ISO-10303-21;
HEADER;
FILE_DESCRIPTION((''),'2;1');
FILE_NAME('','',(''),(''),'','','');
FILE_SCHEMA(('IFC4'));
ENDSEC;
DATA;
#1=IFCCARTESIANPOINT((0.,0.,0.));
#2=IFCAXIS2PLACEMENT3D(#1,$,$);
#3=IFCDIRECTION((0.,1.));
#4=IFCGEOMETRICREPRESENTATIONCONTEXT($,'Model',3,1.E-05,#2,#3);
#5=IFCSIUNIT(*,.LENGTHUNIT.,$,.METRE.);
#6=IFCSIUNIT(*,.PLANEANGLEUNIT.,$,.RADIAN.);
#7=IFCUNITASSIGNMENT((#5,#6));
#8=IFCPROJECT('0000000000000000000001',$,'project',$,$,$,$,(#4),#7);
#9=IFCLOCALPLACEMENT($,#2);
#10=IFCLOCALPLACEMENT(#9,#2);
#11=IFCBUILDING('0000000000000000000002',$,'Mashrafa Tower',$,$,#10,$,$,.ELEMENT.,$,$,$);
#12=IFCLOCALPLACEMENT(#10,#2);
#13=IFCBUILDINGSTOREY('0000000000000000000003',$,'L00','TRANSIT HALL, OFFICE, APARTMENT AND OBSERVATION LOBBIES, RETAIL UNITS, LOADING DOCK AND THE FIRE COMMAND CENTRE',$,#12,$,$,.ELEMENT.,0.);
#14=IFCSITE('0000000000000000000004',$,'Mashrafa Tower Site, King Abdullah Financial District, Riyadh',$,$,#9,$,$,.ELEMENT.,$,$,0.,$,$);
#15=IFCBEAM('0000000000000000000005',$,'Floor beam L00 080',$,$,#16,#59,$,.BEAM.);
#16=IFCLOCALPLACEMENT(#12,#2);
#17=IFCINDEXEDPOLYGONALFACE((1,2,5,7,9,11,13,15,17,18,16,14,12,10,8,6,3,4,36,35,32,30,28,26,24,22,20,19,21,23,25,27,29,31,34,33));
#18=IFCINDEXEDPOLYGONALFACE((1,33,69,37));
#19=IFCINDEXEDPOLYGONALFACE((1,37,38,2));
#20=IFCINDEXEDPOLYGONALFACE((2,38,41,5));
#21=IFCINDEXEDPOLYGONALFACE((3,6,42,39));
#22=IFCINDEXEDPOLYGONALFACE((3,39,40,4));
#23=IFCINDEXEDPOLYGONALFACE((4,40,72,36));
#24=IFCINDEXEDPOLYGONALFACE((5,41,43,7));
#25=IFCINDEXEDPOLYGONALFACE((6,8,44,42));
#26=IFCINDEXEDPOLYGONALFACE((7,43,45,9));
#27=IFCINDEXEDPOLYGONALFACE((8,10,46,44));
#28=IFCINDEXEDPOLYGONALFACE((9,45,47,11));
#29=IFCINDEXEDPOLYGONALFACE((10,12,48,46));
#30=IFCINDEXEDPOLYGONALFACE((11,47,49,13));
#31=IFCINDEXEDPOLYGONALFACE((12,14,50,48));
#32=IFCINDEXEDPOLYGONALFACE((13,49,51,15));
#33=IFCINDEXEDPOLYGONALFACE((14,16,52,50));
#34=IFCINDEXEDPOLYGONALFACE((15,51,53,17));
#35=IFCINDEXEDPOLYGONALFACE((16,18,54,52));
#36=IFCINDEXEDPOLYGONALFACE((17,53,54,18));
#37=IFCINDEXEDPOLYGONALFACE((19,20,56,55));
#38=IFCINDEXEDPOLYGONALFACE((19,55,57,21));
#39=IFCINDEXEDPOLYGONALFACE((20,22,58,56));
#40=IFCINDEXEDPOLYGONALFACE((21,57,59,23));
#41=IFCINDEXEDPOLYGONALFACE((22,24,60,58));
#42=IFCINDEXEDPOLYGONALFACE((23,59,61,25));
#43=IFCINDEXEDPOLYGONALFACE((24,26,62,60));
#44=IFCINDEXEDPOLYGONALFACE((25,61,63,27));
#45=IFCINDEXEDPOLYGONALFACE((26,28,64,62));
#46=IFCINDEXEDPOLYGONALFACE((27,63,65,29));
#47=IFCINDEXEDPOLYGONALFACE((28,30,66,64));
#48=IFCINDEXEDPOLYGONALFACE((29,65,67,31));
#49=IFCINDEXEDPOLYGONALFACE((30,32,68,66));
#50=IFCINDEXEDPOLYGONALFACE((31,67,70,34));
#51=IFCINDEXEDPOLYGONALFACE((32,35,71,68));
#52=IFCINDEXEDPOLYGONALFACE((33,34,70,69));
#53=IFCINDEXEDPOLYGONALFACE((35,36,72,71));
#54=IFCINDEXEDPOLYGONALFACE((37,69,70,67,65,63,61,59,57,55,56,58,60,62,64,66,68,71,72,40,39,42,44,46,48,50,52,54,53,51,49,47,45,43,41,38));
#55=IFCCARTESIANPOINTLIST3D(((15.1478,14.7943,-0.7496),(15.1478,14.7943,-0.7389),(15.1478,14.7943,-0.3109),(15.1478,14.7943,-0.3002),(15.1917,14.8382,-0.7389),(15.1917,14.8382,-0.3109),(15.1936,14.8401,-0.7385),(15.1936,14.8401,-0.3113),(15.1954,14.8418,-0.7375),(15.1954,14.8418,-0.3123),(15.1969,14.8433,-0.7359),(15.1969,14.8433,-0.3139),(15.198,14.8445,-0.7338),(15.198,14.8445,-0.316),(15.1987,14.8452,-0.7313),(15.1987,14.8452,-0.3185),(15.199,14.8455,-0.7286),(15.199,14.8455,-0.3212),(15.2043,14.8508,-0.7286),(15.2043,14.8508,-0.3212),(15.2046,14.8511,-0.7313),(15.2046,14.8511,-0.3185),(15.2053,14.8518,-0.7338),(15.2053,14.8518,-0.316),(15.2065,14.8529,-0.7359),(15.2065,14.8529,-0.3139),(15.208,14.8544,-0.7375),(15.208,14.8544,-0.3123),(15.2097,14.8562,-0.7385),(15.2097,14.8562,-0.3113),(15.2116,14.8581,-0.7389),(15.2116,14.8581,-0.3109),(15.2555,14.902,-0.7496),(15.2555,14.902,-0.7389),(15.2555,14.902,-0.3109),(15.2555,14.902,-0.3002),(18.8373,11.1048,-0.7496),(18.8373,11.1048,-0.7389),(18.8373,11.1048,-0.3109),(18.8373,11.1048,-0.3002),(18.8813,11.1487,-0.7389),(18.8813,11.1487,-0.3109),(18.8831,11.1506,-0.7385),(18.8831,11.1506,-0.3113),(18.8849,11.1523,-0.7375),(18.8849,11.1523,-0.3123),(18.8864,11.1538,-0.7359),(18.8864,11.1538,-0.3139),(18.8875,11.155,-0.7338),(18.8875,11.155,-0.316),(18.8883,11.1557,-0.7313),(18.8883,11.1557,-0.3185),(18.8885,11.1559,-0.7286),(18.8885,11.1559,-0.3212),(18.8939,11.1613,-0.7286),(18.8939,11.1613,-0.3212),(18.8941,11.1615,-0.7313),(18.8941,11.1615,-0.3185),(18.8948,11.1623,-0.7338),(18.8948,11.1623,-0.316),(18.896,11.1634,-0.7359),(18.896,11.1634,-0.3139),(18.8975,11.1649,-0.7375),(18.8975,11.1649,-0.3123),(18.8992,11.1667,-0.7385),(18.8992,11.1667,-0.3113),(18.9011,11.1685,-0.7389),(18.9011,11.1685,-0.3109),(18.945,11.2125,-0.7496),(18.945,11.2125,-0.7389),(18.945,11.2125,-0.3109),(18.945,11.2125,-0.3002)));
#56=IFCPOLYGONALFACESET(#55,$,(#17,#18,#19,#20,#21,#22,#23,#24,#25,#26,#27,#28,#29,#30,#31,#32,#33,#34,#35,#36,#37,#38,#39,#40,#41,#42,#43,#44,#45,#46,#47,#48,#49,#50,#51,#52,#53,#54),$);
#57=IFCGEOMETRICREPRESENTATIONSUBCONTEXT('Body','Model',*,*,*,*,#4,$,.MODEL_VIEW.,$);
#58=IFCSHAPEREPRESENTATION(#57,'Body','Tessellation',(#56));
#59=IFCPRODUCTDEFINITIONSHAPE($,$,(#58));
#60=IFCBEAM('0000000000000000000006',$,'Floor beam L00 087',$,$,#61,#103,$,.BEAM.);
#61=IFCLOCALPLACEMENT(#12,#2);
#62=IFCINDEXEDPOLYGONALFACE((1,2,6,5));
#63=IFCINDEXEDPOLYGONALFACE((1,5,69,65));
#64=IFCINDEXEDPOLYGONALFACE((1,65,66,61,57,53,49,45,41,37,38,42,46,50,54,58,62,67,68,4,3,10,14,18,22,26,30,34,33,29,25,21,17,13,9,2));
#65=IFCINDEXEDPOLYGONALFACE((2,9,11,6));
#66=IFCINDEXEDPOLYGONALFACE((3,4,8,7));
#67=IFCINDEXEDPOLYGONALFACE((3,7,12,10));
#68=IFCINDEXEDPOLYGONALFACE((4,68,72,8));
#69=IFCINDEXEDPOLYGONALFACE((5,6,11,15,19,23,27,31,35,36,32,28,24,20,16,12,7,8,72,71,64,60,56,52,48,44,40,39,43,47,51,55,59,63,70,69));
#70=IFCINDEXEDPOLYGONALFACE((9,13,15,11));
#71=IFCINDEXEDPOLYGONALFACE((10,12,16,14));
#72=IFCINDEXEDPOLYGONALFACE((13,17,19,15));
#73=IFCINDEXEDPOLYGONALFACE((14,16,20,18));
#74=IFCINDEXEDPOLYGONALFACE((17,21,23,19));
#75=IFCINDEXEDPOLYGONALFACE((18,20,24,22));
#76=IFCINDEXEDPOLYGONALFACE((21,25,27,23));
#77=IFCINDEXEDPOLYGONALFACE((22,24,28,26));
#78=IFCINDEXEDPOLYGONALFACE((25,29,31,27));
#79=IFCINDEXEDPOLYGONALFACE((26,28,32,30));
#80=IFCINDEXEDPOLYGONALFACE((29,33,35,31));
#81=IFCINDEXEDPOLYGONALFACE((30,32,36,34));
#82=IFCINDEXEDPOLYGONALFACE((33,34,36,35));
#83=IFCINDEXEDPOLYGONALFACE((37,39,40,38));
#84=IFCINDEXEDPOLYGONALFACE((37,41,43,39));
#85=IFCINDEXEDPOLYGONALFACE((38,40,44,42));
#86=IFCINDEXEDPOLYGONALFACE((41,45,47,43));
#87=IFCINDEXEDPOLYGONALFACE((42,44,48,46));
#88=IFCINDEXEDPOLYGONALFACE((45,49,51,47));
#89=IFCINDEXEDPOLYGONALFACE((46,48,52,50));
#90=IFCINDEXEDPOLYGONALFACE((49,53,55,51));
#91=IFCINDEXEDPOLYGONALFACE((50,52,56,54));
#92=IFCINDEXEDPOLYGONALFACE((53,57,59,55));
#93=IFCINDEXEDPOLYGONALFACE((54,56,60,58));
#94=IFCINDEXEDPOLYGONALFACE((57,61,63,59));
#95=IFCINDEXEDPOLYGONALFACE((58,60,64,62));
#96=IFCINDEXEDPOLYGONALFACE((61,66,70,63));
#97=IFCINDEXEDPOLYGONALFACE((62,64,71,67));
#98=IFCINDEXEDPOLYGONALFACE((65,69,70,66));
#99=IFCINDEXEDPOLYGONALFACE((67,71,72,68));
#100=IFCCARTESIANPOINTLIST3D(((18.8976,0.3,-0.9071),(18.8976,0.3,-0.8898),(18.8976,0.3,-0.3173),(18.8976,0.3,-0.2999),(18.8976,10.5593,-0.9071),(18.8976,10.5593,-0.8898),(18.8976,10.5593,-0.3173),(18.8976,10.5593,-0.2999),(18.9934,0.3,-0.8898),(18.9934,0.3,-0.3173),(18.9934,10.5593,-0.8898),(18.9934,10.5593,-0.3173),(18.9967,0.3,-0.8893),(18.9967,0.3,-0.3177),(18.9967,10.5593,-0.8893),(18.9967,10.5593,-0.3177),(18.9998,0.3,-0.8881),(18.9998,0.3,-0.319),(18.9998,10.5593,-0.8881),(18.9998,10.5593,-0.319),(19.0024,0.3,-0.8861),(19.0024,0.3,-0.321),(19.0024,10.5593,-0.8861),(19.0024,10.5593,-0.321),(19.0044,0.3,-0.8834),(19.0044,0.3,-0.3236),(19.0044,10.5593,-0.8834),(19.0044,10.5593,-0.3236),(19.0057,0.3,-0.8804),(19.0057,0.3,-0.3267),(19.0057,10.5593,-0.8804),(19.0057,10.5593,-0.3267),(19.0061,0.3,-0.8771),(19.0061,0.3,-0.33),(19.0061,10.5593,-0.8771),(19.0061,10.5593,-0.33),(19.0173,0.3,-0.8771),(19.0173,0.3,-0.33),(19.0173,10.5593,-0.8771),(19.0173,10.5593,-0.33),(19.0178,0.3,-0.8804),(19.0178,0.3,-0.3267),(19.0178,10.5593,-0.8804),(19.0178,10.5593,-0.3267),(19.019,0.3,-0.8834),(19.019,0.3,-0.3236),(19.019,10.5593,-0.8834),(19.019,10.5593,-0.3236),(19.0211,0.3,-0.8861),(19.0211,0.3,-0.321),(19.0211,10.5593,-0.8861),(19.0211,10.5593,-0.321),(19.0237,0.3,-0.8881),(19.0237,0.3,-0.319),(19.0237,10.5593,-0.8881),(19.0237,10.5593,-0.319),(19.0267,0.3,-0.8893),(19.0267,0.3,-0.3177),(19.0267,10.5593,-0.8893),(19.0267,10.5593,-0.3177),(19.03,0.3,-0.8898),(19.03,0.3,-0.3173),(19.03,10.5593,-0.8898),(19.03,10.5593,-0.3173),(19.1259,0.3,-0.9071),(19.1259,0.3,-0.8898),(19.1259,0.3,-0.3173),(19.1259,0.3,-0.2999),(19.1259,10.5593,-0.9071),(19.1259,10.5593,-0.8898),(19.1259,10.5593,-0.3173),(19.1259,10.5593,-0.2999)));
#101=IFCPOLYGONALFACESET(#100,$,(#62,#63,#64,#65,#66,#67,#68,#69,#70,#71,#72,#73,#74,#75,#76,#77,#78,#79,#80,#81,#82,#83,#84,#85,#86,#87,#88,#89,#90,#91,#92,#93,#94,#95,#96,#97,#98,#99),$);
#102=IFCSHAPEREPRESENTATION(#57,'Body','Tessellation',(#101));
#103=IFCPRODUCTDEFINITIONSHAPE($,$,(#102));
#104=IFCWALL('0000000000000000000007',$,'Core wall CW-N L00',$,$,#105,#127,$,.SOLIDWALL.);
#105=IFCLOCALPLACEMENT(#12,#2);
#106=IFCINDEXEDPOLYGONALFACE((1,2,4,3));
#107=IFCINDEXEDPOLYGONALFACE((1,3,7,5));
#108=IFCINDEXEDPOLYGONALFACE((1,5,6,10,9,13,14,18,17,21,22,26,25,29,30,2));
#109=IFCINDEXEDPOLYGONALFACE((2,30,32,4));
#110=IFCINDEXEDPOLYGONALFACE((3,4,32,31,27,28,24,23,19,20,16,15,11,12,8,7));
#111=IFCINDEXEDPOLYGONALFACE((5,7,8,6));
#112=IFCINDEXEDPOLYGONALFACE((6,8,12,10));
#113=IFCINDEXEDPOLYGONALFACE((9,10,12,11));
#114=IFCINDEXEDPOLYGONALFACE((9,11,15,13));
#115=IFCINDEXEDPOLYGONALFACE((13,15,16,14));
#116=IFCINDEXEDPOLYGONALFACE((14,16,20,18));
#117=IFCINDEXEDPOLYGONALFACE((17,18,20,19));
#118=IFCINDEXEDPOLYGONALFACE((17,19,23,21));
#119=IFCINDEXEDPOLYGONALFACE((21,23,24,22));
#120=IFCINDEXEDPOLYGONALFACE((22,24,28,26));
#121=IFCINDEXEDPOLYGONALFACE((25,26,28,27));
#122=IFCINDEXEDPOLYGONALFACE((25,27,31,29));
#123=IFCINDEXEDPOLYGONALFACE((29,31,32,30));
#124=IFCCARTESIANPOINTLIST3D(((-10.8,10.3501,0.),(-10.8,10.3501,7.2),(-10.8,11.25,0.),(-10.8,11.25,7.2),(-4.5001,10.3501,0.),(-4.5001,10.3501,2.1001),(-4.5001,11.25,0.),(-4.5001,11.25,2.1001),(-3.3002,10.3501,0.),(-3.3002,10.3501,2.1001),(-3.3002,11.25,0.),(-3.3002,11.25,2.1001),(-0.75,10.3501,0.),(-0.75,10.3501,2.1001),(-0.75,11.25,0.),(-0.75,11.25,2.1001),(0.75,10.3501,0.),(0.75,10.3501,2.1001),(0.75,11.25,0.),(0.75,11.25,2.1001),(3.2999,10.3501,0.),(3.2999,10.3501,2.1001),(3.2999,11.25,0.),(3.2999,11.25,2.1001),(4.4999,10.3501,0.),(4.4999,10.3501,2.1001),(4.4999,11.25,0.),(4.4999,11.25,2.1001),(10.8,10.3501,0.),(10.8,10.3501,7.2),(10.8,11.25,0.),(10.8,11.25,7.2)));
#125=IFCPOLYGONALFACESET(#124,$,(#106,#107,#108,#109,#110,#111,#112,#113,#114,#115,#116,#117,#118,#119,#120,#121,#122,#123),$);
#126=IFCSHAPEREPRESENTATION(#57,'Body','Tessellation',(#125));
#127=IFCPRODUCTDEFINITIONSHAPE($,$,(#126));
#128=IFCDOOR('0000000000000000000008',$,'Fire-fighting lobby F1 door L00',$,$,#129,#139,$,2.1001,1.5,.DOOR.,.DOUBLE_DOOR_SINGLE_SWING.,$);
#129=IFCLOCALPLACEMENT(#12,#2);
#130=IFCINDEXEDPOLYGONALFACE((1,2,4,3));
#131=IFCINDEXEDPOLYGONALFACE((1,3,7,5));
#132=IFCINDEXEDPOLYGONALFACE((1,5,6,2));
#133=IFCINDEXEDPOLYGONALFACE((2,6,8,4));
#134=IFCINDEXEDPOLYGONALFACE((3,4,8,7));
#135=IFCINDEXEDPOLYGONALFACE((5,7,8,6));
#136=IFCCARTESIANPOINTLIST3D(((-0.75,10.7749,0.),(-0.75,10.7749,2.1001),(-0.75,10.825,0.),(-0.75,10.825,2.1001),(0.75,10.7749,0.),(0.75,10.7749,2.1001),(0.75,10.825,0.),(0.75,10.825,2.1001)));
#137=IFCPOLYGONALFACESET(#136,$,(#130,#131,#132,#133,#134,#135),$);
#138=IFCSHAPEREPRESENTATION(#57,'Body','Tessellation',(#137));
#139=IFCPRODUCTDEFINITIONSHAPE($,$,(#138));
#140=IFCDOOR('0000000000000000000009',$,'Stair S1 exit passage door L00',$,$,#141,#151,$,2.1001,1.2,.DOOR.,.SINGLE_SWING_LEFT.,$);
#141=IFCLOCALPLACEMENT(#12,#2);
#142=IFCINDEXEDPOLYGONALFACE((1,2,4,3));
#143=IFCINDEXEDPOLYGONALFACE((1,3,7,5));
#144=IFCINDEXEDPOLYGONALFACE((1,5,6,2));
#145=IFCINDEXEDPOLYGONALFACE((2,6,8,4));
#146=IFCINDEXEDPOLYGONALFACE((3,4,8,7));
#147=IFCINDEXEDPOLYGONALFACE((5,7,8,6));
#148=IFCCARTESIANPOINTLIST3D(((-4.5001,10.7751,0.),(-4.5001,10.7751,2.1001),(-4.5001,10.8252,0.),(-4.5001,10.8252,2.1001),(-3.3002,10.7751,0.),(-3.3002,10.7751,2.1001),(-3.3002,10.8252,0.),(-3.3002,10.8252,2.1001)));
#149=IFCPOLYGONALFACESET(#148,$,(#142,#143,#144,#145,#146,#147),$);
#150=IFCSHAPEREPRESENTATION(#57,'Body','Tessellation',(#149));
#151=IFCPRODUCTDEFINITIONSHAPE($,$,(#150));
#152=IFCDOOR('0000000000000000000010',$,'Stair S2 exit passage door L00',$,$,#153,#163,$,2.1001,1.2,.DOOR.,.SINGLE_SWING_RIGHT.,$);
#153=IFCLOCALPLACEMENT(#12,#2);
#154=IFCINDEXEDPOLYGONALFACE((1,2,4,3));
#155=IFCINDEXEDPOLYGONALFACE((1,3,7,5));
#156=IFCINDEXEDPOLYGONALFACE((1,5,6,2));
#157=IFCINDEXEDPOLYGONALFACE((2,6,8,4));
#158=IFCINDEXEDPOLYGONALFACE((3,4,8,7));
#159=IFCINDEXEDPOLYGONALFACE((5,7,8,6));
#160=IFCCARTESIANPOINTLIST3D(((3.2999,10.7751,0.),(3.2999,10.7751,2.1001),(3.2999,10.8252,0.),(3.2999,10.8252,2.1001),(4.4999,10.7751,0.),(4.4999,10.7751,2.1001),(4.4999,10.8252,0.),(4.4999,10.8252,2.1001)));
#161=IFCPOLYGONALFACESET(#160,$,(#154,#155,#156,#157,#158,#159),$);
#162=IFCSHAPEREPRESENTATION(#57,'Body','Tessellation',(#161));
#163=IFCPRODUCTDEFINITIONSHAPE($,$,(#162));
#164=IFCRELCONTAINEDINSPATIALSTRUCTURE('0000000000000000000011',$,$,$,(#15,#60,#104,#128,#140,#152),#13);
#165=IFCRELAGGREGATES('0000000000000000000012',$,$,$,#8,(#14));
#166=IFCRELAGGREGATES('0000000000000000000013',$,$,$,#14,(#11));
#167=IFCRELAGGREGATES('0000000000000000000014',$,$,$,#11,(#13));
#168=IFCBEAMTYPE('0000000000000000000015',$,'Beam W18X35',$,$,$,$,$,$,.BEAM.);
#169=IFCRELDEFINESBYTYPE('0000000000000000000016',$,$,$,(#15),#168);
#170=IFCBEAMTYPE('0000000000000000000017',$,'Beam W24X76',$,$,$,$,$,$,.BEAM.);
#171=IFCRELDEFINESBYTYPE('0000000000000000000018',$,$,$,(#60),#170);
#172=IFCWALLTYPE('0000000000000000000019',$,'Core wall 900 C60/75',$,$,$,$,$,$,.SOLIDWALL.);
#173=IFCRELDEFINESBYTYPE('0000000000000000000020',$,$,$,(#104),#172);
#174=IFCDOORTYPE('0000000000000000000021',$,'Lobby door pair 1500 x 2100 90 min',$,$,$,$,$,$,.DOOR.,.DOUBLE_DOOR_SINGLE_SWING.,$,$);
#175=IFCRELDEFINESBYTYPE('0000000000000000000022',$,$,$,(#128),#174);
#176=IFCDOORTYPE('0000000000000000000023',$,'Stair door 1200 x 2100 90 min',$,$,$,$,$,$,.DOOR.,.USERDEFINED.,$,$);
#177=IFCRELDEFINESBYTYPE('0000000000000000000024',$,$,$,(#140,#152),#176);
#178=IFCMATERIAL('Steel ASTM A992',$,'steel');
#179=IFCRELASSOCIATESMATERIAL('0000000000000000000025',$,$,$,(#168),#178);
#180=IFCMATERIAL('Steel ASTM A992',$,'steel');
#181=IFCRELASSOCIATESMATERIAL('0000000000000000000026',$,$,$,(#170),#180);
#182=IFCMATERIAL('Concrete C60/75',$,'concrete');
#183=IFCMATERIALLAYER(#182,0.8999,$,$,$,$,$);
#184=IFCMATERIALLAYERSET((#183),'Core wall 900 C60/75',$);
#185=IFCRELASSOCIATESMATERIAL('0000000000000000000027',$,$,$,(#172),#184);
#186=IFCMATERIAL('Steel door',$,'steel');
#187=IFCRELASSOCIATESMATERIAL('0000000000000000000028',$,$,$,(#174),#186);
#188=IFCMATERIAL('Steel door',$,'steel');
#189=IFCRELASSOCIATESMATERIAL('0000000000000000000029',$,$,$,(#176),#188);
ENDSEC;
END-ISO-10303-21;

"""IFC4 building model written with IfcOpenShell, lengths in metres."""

from ifc_helpers import new_model, si_unit, direction, frame, frame_2d, origin, origin_2d, place, context, subcontext, project, spatial, rectangle, i_section, extrude, material, layer, layer_set, material_profile, profile_set, type_object, element, fill, save


model = new_model("IFC4")

# Units and contexts
model_context = context("Model", 3, precision=1e-05, world=origin(), true_north=direction((0.0, 1.0)))
body_context = subcontext(model_context, "Body", "Model", "MODEL_VIEW")
ifc_project = project(units=[si_unit("LENGTHUNIT", "METRE"), si_unit("PLANEANGLEUNIT", "RADIAN")], contexts=[model_context])

# Site, building, storey
site_placement = place(None, origin())
site = spatial("IfcSite", under=ifc_project, at=site_placement, Name="Mashrafa Tower Site, King Abdullah Financial District, Riyadh", CompositionType="ELEMENT", RefElevation=0.0)
building_placement = place(site_placement, origin())
building = spatial("IfcBuilding", under=site, at=building_placement, Name="Mashrafa Tower", CompositionType="ELEMENT")
storey_placement = place(building_placement, origin())
storey = spatial("IfcBuildingStorey", under=building, at=storey_placement, Name="L00", Description="TRANSIT HALL, OFFICE, APARTMENT AND OBSERVATION LOBBIES, RETAIL UNITS, LOADING DOCK AND THE FIRE COMMAND CENTRE", CompositionType="ELEMENT", Elevation=0.0)

# Beams
ifc_material_1 = material(Name="Steel ASTM A992", Category="steel")
ifc_material_profile_1 = material_profile(ifc_material_1, i_section(OverallWidth=0.1523, OverallDepth=0.4495, WebThickness=0.0076, FlangeThickness=0.0107, FilletRadius=0.0103, at=origin_2d()), Name="W18X35")
ifc_profile_set_1 = profile_set([ifc_material_profile_1], Name="Steel ASTM A992")
beam_type_1 = type_object("IfcBeamType", Name="Beam W18X35", PredefinedType="BEAM", material=ifc_profile_set_1)
beam_1_placement = place(storey_placement, frame((15.2017, 14.8481, -0.5249), z_axis=(0.707107, -0.707107, 0.0), x_axis=(0.707107, 0.707107, 0.0)))
element("IfcBeam", 1, at=beam_1_placement, inside=storey, type_object=beam_type_1, Name="Floor beam L00 080", PredefinedType="BEAM", context=body_context, shape_type="SweptSolid", body=[
    extrude(i_section(OverallWidth=0.1523, OverallDepth=0.4495, WebThickness=0.0076, FlangeThickness=0.0107, FilletRadius=0.0103, at=origin_2d()), origin(), (0.0, 0.0, 1.0), 5.2178),
])
ifc_material_2 = material(Name="Steel ASTM A992", Category="steel")
ifc_material_profile_2 = material_profile(ifc_material_2, i_section(OverallWidth=0.2283, OverallDepth=0.6072, WebThickness=0.0112, FlangeThickness=0.0173, FilletRadius=0.0127, at=origin_2d()), Name="W24X76")
ifc_profile_set_2 = profile_set([ifc_material_profile_2], Name="Steel ASTM A992")
beam_type_2 = type_object("IfcBeamType", Name="Beam W24X76", PredefinedType="BEAM", material=ifc_profile_set_2)
beam_2_placement = place(storey_placement, frame((19.0117, 10.5593, -0.6035), z_axis=(0.0, -1.0, 0.0), x_axis=(1.0, 0.0, 0.0)))
element("IfcBeam", 2, at=beam_2_placement, inside=storey, type_object=beam_type_2, Name="Floor beam L00 087", PredefinedType="BEAM", context=body_context, shape_type="SweptSolid", body=[
    extrude(i_section(OverallWidth=0.2283, OverallDepth=0.6072, WebThickness=0.0112, FlangeThickness=0.0173, FilletRadius=0.0127, at=origin_2d()), origin(), (0.0, 0.0, 1.0), 10.2593),
])

# Wall, openings, doors
ifc_material_3 = material(Name="Concrete C60/75", Category="concrete")
ifc_layer_1 = layer(ifc_material_3, 0.8999)
ifc_layer_set_1 = layer_set([ifc_layer_1], Name="Core wall 900 C60/75")
wall_type_1 = type_object("IfcWallType", Name="Core wall 900 C60/75", PredefinedType="SOLIDWALL", material=ifc_layer_set_1)
wall_1_placement = place(storey_placement, frame((10.8, 10.8, 0.0), z_axis=(0.0, 0.0, 1.0), x_axis=(-1.0, 0.0, 0.0)))
wall_1 = element("IfcWall", 3, at=wall_1_placement, inside=storey, type_object=wall_type_1, Name="Core wall CW-N L00", PredefinedType="SOLIDWALL", context=body_context, shape_type="SweptSolid", body=[
    extrude(rectangle(XDim=21.6001, YDim=0.8999, at=frame_2d((10.8, 0.0))), origin(), (0.0, 0.0, 1.0), 7.2),
])
opening_1_placement = place(wall_1_placement, frame((10.05, 0.0, 0.0)))
opening_1 = element("IfcOpeningElement", 4, at=opening_1_placement, cuts=wall_1, PredefinedType="OPENING", context=body_context, shape_type="SweptSolid", body=[
    extrude(rectangle(XDim=1.5, YDim=2.1001, at=frame_2d((0.75, 1.05))), frame((0.0, 0.46, 0.0), z_axis=(0.0, -1.0, 0.0), x_axis=(1.0, 0.0, 0.0)), (0.0, 0.0, 1.0), 0.9199),
])
opening_2_placement = place(wall_1_placement, frame((14.1001, 0.0, 0.0)))
opening_2 = element("IfcOpeningElement", 5, at=opening_2_placement, cuts=wall_1, PredefinedType="OPENING", context=body_context, shape_type="SweptSolid", body=[
    extrude(rectangle(XDim=1.2, YDim=2.1001, at=frame_2d((0.6001, 1.05))), frame((0.0, 0.46, 0.0), z_axis=(0.0, -1.0, 0.0), x_axis=(1.0, 0.0, 0.0)), (0.0, 0.0, 1.0), 0.9199),
])
opening_3_placement = place(wall_1_placement, frame((6.3, 0.0, 0.0)))
opening_3 = element("IfcOpeningElement", 6, at=opening_3_placement, cuts=wall_1, PredefinedType="OPENING", context=body_context, shape_type="SweptSolid", body=[
    extrude(rectangle(XDim=1.2, YDim=2.1001, at=frame_2d((0.6001, 1.05))), frame((0.0, 0.46, 0.0), z_axis=(0.0, -1.0, 0.0), x_axis=(1.0, 0.0, 0.0)), (0.0, 0.0, 1.0), 0.9199),
])
ifc_material_4 = material(Name="Steel door", Category="steel")
door_type_1 = type_object("IfcDoorType", Name="Lobby door pair 1500 x 2100 90 min", OperationType="DOUBLE_DOOR_SINGLE_SWING", PredefinedType="DOOR", material=ifc_material_4)
door_1_placement = place(opening_1_placement, frame((1.5, 0.0, 0.0), z_axis=(0.0, 0.0, 1.0), x_axis=(-1.0, 0.0, 0.0)))
door_1 = element("IfcDoor", 7, at=door_1_placement, inside=storey, type_object=door_type_1, Name="Fire-fighting lobby F1 door L00", OperationType="DOUBLE_DOOR_SINGLE_SWING", OverallHeight=2.1001, OverallWidth=1.5, PredefinedType="DOOR", context=body_context, shape_type="SweptSolid", body=[
    extrude(rectangle(XDim=1.5, YDim=2.1001, at=frame_2d((0.75, 1.05))), frame((0.0, 0.0249, 0.0), z_axis=(0.0, -1.0, 0.0), x_axis=(1.0, 0.0, 0.0)), (0.0, 0.0, 1.0), 0.05),
])
fill(opening_1, door_1)
ifc_material_5 = material(Name="Steel door", Category="steel")
door_type_2 = type_object("IfcDoorType", Name="Stair door 1200 x 2100 90 min", OperationType="USERDEFINED", PredefinedType="DOOR", material=ifc_material_5)
door_2_placement = place(opening_2_placement, origin())
door_2 = element("IfcDoor", 8, at=door_2_placement, inside=storey, type_object=door_type_2, Name="Stair S1 exit passage door L00", OperationType="SINGLE_SWING_LEFT", OverallHeight=2.1001, OverallWidth=1.2, PredefinedType="DOOR", context=body_context, shape_type="SweptSolid", body=[
    extrude(rectangle(XDim=1.2, YDim=2.1001, at=frame_2d((0.6001, 1.05))), frame((0.0, 0.0249, 0.0), z_axis=(0.0, -1.0, 0.0), x_axis=(1.0, 0.0, 0.0)), (0.0, 0.0, 1.0), 0.05),
])
fill(opening_2, door_2)
door_3_placement = place(opening_3_placement, origin())
door_3 = element("IfcDoor", 9, at=door_3_placement, inside=storey, type_object=door_type_2, Name="Stair S2 exit passage door L00", OperationType="SINGLE_SWING_RIGHT", OverallHeight=2.1001, OverallWidth=1.2, PredefinedType="DOOR", context=body_context, shape_type="SweptSolid", body=[
    extrude(rectangle(XDim=1.2, YDim=2.1001, at=frame_2d((0.6001, 1.05))), frame((0.0, 0.0249, 0.0), z_axis=(0.0, -1.0, 0.0), x_axis=(1.0, 0.0, 0.0)), (0.0, 0.0, 1.0), 0.05),
])
fill(opening_3, door_3)

save(model, "model.ifc")
